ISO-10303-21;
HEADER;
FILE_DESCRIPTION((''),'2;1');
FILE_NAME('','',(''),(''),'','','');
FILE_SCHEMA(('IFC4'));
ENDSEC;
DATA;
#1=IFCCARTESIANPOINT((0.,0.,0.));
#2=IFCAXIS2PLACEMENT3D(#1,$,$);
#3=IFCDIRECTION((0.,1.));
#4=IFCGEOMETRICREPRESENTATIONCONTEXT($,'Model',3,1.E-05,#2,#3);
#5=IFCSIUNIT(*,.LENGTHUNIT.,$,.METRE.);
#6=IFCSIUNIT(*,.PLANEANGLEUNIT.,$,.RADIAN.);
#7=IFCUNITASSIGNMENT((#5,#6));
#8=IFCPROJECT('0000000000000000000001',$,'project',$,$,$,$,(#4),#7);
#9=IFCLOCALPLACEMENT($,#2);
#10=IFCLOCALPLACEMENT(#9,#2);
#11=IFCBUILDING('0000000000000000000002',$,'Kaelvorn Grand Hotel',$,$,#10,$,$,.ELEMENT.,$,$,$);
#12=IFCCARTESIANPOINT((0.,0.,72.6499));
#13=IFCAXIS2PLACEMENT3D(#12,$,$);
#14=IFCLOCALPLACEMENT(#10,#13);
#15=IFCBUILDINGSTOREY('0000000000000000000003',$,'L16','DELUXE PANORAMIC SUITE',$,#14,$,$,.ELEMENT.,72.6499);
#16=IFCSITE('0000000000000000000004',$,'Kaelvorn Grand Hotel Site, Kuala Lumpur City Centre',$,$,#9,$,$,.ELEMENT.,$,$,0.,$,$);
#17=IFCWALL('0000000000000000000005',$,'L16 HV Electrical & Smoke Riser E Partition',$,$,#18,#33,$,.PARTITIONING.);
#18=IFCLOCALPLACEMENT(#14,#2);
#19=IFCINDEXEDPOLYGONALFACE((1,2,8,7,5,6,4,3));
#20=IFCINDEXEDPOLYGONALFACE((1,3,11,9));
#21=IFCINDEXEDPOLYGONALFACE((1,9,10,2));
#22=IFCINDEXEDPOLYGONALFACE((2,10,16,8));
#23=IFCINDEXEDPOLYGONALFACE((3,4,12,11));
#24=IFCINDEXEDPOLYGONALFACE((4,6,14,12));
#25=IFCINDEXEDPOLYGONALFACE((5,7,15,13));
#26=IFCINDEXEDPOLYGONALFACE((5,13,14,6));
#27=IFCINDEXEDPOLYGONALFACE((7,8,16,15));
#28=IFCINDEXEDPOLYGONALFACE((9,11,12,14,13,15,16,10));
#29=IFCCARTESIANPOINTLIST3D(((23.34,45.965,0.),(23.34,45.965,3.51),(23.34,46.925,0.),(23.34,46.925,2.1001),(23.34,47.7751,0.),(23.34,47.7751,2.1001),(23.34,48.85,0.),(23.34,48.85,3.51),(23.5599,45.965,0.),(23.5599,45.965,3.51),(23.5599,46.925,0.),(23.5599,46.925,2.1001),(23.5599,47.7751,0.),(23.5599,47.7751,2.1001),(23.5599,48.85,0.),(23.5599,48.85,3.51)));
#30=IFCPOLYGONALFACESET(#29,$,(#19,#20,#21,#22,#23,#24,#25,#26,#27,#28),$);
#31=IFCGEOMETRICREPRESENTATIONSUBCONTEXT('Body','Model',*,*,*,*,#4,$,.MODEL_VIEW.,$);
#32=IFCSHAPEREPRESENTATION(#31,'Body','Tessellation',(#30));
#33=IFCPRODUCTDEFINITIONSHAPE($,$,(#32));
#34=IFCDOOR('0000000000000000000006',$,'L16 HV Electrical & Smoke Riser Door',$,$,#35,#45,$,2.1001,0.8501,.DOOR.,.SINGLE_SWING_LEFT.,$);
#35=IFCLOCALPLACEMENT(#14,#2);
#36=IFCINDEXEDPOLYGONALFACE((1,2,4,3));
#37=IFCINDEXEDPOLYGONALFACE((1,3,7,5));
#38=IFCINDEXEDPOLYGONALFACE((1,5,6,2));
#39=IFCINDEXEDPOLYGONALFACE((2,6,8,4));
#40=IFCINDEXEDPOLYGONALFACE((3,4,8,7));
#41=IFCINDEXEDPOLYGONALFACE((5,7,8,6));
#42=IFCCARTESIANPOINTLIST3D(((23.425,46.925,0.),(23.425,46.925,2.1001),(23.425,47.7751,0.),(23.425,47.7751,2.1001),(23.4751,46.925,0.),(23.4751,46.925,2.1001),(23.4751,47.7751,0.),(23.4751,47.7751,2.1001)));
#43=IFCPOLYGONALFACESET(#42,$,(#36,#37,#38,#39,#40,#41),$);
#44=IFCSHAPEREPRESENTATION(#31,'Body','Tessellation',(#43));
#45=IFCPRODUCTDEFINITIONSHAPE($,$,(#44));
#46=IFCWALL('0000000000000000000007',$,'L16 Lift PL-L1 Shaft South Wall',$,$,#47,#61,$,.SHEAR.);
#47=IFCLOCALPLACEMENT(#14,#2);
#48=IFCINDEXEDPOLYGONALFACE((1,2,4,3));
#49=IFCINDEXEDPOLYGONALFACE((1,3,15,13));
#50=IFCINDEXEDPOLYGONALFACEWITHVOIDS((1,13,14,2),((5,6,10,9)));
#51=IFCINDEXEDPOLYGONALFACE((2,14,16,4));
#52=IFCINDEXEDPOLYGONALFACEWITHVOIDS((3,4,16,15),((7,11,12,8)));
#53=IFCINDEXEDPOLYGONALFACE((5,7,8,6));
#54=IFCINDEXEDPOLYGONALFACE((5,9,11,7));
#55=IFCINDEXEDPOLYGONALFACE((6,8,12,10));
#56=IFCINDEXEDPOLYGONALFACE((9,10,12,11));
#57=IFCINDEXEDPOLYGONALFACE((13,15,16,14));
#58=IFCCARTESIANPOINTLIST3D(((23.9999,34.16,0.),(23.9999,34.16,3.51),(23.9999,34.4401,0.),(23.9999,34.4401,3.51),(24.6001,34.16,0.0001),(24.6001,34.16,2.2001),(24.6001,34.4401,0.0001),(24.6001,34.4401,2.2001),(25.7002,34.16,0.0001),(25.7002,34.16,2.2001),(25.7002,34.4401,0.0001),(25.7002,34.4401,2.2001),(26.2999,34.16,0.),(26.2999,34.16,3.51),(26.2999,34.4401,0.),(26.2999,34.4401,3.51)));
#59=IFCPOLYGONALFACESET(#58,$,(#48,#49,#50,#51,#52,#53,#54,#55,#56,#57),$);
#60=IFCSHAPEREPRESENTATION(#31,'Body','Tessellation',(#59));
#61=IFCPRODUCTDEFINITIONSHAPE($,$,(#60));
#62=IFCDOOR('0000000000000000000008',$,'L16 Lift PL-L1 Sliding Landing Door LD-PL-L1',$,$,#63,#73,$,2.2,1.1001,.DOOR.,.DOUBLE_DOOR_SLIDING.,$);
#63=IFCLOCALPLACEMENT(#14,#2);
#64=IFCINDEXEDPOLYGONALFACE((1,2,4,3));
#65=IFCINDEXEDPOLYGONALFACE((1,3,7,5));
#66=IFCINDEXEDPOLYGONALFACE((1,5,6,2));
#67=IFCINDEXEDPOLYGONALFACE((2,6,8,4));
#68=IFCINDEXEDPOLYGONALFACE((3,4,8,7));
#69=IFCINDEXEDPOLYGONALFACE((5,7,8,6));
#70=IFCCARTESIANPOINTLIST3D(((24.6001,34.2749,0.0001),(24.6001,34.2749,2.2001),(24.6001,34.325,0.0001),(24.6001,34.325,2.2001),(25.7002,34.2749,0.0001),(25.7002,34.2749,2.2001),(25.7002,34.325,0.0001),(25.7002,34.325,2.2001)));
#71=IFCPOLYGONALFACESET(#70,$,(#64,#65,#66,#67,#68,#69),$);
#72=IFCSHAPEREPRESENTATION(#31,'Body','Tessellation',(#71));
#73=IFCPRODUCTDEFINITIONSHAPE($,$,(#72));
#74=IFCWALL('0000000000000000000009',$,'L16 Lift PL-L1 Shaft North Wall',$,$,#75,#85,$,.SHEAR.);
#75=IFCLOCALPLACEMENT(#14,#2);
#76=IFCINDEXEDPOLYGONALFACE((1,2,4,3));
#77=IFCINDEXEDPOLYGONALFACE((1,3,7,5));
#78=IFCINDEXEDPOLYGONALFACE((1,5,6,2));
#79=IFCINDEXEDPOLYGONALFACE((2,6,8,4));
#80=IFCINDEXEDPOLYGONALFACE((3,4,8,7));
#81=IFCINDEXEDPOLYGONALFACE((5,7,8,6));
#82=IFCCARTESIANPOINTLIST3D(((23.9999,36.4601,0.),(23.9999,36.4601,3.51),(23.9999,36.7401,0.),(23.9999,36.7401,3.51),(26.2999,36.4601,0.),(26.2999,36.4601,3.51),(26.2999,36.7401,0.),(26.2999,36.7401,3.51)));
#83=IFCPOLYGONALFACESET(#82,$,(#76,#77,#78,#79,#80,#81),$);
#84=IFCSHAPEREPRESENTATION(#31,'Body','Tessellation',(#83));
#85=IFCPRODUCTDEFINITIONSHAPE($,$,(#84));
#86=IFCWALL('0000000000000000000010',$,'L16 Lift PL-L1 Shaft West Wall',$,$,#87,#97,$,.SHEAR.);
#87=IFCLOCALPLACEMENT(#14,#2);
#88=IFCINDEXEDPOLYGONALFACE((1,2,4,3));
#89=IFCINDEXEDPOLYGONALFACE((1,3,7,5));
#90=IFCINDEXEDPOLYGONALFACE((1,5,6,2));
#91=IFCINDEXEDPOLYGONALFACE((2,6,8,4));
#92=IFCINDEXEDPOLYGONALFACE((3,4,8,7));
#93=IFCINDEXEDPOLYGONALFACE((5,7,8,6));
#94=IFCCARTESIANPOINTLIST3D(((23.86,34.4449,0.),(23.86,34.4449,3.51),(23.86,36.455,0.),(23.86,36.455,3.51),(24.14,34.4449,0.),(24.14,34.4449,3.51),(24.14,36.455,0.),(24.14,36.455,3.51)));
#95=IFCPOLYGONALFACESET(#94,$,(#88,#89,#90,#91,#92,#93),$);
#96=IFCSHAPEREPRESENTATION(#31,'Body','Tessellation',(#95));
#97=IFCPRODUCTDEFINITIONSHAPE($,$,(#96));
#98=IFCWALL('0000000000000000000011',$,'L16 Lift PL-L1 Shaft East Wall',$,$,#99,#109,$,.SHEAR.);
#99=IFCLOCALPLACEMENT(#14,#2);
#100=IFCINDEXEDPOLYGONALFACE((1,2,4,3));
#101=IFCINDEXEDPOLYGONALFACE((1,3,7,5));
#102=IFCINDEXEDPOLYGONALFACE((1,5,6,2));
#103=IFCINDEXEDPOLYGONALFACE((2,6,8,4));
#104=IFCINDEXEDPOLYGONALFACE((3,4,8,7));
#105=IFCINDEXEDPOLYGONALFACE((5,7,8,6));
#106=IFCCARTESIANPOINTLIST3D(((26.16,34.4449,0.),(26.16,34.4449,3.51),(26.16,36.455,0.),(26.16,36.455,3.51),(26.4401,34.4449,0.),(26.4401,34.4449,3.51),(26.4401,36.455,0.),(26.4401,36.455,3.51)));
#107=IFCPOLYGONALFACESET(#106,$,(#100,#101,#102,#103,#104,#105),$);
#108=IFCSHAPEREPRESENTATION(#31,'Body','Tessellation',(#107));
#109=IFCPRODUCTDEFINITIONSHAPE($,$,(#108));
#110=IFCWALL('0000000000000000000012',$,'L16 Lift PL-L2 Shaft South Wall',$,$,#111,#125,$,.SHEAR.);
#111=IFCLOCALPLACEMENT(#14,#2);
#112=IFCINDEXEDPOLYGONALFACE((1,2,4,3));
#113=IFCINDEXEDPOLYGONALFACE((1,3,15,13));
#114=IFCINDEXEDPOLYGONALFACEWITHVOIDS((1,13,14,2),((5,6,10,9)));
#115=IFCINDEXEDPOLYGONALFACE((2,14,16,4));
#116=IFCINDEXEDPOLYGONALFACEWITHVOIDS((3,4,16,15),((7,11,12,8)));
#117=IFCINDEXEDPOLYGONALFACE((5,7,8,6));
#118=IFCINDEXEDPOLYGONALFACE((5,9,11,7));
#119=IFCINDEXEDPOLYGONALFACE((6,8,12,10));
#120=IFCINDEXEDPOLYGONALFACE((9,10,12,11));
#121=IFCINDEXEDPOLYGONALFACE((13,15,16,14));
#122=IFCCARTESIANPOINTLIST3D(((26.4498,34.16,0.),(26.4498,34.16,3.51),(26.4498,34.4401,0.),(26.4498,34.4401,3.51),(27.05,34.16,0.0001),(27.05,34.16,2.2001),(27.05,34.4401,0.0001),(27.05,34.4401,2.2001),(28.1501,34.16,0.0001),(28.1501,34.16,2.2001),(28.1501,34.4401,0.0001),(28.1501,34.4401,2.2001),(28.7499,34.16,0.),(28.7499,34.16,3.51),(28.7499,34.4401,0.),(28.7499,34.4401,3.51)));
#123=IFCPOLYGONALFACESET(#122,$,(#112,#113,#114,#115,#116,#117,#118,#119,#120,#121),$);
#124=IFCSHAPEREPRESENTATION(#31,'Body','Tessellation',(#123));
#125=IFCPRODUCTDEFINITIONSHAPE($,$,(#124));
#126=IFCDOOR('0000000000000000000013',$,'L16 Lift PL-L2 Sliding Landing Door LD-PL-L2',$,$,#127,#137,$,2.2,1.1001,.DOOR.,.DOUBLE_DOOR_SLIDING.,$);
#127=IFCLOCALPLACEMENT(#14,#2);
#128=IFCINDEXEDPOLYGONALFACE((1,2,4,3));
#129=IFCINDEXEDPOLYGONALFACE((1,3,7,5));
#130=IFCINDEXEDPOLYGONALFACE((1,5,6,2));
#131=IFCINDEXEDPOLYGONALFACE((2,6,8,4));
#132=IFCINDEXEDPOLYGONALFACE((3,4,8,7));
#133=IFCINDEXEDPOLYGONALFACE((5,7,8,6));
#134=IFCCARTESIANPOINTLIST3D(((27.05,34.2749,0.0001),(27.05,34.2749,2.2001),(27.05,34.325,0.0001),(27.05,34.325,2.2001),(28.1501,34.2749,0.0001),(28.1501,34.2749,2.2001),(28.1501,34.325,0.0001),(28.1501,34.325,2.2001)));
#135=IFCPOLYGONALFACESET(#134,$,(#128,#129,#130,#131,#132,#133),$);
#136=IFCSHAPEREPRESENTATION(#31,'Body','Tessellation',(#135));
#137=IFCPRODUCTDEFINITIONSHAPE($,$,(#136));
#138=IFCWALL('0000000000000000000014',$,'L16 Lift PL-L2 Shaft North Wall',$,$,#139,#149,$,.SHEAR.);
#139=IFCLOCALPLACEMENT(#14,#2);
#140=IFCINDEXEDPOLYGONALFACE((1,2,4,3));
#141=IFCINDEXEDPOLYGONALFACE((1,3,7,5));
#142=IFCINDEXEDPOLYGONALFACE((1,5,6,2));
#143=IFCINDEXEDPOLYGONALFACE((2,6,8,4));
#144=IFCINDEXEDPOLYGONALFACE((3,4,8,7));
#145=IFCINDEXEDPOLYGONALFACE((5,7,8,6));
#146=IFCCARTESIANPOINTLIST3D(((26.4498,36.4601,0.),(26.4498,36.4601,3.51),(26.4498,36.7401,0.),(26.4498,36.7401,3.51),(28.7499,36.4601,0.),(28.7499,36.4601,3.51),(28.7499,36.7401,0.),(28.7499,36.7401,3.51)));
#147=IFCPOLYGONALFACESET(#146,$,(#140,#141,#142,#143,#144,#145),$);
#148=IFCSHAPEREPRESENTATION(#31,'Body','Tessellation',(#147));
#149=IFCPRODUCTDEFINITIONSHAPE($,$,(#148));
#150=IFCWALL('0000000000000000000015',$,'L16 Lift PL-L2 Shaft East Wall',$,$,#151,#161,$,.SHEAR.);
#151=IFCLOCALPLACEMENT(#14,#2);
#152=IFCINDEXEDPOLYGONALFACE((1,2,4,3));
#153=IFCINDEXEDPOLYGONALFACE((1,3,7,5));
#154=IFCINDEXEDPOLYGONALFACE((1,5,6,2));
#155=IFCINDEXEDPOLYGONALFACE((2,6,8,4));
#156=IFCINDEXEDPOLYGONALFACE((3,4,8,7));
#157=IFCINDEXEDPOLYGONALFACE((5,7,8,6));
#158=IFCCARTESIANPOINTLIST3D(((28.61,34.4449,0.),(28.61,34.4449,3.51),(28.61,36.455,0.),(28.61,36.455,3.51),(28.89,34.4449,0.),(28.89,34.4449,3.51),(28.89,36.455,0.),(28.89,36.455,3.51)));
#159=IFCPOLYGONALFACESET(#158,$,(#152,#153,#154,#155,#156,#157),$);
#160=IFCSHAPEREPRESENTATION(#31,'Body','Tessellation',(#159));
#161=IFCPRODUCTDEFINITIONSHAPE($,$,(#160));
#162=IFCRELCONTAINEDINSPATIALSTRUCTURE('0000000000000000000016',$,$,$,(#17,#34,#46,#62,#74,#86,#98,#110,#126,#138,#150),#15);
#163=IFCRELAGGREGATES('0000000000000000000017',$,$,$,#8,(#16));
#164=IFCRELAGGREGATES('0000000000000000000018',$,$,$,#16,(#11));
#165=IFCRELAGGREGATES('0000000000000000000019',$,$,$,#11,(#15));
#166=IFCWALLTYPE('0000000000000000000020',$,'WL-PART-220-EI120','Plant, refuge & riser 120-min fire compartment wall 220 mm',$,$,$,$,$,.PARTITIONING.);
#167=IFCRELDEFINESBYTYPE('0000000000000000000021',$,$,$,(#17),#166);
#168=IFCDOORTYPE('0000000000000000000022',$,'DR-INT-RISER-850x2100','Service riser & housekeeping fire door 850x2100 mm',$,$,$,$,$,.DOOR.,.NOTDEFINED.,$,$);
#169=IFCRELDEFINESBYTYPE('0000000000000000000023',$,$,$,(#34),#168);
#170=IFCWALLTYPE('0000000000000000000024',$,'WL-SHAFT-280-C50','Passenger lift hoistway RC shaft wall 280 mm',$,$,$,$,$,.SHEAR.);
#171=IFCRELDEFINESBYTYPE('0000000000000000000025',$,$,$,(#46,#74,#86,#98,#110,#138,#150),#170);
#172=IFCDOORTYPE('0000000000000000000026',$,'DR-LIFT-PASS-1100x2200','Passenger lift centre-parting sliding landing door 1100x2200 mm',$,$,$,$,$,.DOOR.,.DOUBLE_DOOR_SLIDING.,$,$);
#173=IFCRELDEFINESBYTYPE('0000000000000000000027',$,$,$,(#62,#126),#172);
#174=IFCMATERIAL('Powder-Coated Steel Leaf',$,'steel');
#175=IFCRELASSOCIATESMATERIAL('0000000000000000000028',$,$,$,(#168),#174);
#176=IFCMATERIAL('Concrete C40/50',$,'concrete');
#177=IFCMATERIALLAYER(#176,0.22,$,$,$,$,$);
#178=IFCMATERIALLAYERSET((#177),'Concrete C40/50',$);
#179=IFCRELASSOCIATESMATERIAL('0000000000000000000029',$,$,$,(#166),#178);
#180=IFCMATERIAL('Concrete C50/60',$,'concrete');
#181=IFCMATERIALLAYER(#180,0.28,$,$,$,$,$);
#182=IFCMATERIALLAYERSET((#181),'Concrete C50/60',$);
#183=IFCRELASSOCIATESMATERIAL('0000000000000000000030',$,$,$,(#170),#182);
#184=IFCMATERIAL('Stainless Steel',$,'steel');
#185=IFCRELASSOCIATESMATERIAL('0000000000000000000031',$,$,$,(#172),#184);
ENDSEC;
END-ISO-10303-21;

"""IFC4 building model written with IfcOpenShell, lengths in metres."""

from ifc_helpers import new_model, si_unit, direction, frame, frame_2d, origin, place, context, subcontext, project, spatial, rectangle, extrude, material, layer, layer_set, type_object, element, fill, save


model = new_model("IFC4")

# Units and contexts
model_context = context("Model", 3, precision=1e-05, world=origin(), true_north=direction((0.0, 1.0)))
body_context = subcontext(model_context, "Body", "Model", "MODEL_VIEW")
ifc_project = project(units=[si_unit("LENGTHUNIT", "METRE"), si_unit("PLANEANGLEUNIT", "RADIAN")], contexts=[model_context])

# Site, building, storey
site_placement = place(None, origin())
site = spatial("IfcSite", under=ifc_project, at=site_placement, Name="Kaelvorn Grand Hotel Site, Kuala Lumpur City Centre", CompositionType="ELEMENT", RefElevation=0.0)
building_placement = place(site_placement, origin())
building = spatial("IfcBuilding", under=site, at=building_placement, Name="Kaelvorn Grand Hotel", CompositionType="ELEMENT")
storey_placement = place(building_placement, frame((0.0, 0.0, 72.6499)))
storey = spatial("IfcBuildingStorey", under=building, at=storey_placement, Name="L16", Description="DELUXE PANORAMIC SUITE", CompositionType="ELEMENT", Elevation=72.6499)

# Shared definitions
ifc_material_1 = material(Name="Powder-Coated Steel Leaf", Category="steel")
door_type_1 = type_object("IfcDoorType", Name="DR-INT-RISER-850x2100", Description="Service riser & housekeeping fire door 850x2100 mm", OperationType="NOTDEFINED", PredefinedType="DOOR", material=ifc_material_1)

# Shared definitions
ifc_material_2 = material(Name="Concrete C40/50", Category="concrete")
ifc_layer_1 = layer(ifc_material_2, 0.22)
ifc_layer_set_1 = layer_set([ifc_layer_1], Name="Concrete C40/50")
wall_type_1 = type_object("IfcWallType", Name="WL-PART-220-EI120", Description="Plant, refuge & riser 120-min fire compartment wall 220 mm", PredefinedType="PARTITIONING", material=ifc_layer_set_1)

# Walls, openings, doors
wall_1_placement = place(storey_placement, frame((23.45, 45.9651, 0.0), z_axis=(0.0, 0.0, 1.0), x_axis=(0.0, 1.0, 0.0)))
wall_1 = element("IfcWall", 1, at=wall_1_placement, inside=storey, type_object=wall_type_1, Name="L16 HV Electrical & Smoke Riser E Partition", PredefinedType="PARTITIONING", context=body_context, shape_type="SweptSolid", body=[
    extrude(rectangle(XDim=2.885, YDim=0.22, at=frame_2d((1.4424, 0.0))), origin(), (0.0, 0.0, 1.0), 3.51),
])
opening_1_placement = place(wall_1_placement, frame((0.96, 0.0, 0.0)))
opening_1 = element("IfcOpeningElement", 2, at=opening_1_placement, cuts=wall_1, PredefinedType="OPENING", context=body_context, shape_type="SweptSolid", body=[
    extrude(rectangle(XDim=0.8501, YDim=2.1001, at=frame_2d((0.425, 1.05))), frame((0.0, 0.1201, 0.0), z_axis=(0.0, -1.0, 0.0), x_axis=(1.0, 0.0, 0.0)), (0.0, 0.0, 1.0), 0.24),
])
door_1_placement = place(opening_1_placement, origin())
door_1 = element("IfcDoor", 3, at=door_1_placement, inside=storey, type_object=door_type_1, Name="L16 HV Electrical & Smoke Riser Door", OperationType="SINGLE_SWING_LEFT", OverallHeight=2.1001, OverallWidth=0.8501, PredefinedType="DOOR", context=body_context, shape_type="SweptSolid", body=[
    extrude(rectangle(XDim=0.8501, YDim=2.1001, at=frame_2d((0.425, 1.05))), frame((0.0, 0.0249, 0.0), z_axis=(0.0, -1.0, 0.0), x_axis=(1.0, 0.0, 0.0)), (0.0, 0.0, 1.0), 0.05),
])
fill(opening_1, door_1)
ifc_material_3 = material(Name="Concrete C50/60", Category="concrete")
ifc_layer_2 = layer(ifc_material_3, 0.28)
ifc_layer_set_2 = layer_set([ifc_layer_2], Name="Concrete C50/60")
wall_type_2 = type_object("IfcWallType", Name="WL-SHAFT-280-C50", Description="Passenger lift hoistway RC shaft wall 280 mm", PredefinedType="SHEAR", material=ifc_layer_set_2)
wall_2_placement = place(storey_placement, frame((24.0, 34.3, 0.0), z_axis=(0.0, 0.0, 1.0), x_axis=(1.0, 0.0, 0.0)))
wall_2 = element("IfcWall", 4, at=wall_2_placement, inside=storey, type_object=wall_type_2, Name="L16 Lift PL-L1 Shaft South Wall", PredefinedType="SHEAR", context=body_context, shape_type="SweptSolid", body=[
    extrude(rectangle(XDim=2.3, YDim=0.28, at=frame_2d((1.1499, 0.0))), origin(), (0.0, 0.0, 1.0), 3.51),
])
opening_2_placement = place(wall_2_placement, frame((0.6001, 0.0, 0.0)))
opening_2 = element("IfcOpeningElement", 5, at=opening_2_placement, cuts=wall_2, PredefinedType="OPENING", context=body_context, shape_type="SweptSolid", body=[
    extrude(rectangle(XDim=1.1001, YDim=2.2, at=frame_2d((0.55, 1.1001))), frame((0.0, 0.1499, 0.0), z_axis=(0.0, -1.0, 0.0), x_axis=(1.0, 0.0, 0.0)), (0.0, 0.0, 1.0), 0.3),
])
ifc_material_4 = material(Name="Stainless Steel", Category="steel")
door_type_2 = type_object("IfcDoorType", Name="DR-LIFT-PASS-1100x2200", Description="Passenger lift centre-parting sliding landing door 1100x2200 mm", OperationType="DOUBLE_DOOR_SLIDING", PredefinedType="DOOR", material=ifc_material_4)
door_2_placement = place(opening_2_placement, origin())
door_2 = element("IfcDoor", 6, at=door_2_placement, inside=storey, type_object=door_type_2, Name="L16 Lift PL-L1 Sliding Landing Door LD-PL-L1", OperationType="DOUBLE_DOOR_SLIDING", OverallHeight=2.2, OverallWidth=1.1001, PredefinedType="DOOR", context=body_context, shape_type="SweptSolid", body=[
    extrude(rectangle(XDim=1.1001, YDim=2.2, at=frame_2d((0.55, 1.1001))), frame((0.0, 0.0249, 0.0), z_axis=(0.0, -1.0, 0.0), x_axis=(1.0, 0.0, 0.0)), (0.0, 0.0, 1.0), 0.05),
])
fill(opening_2, door_2)

# Walls
wall_3_placement = place(storey_placement, frame((24.0, 36.6001, 0.0), z_axis=(0.0, 0.0, 1.0), x_axis=(1.0, 0.0, 0.0)))
element("IfcWall", 7, at=wall_3_placement, inside=storey, type_object=wall_type_2, Name="L16 Lift PL-L1 Shaft North Wall", PredefinedType="SHEAR", context=body_context, shape_type="SweptSolid", body=[
    extrude(rectangle(XDim=2.3, YDim=0.28, at=frame_2d((1.1499, 0.0))), origin(), (0.0, 0.0, 1.0), 3.51),
])
for number, where, z_axis, x_axis, name in (
    (8, (24.0, 34.4451, 0.0), (0.0, 0.0, 1.0), (0.0, 1.0, 0.0), "L16 Lift PL-L1 Shaft West Wall"),
    (9, (26.3, 34.4451, 0.0), (0.0, 0.0, 1.0), (0.0, 1.0, 0.0), "L16 Lift PL-L1 Shaft East Wall"),
):
    element("IfcWall", number, at=place(storey_placement, frame(where, z_axis=z_axis, x_axis=x_axis)), inside=storey, type_object=wall_type_2, Name=name, PredefinedType="SHEAR", context=body_context, shape_type="SweptSolid", body=[
        extrude(rectangle(XDim=2.01, YDim=0.28, at=frame_2d((1.0049, 0.0))), origin(), (0.0, 0.0, 1.0), 3.51),
    ])

# Wall, opening, door
wall_4_placement = place(storey_placement, frame((26.45, 34.3, 0.0), z_axis=(0.0, 0.0, 1.0), x_axis=(1.0, 0.0, 0.0)))
wall_4 = element("IfcWall", 10, at=wall_4_placement, inside=storey, type_object=wall_type_2, Name="L16 Lift PL-L2 Shaft South Wall", PredefinedType="SHEAR", context=body_context, shape_type="SweptSolid", body=[
    extrude(rectangle(XDim=2.3, YDim=0.28, at=frame_2d((1.1499, 0.0))), origin(), (0.0, 0.0, 1.0), 3.51),
])
opening_3_placement = place(wall_4_placement, frame((0.6001, 0.0, 0.0)))
opening_3 = element("IfcOpeningElement", 11, at=opening_3_placement, cuts=wall_4, PredefinedType="OPENING", context=body_context, shape_type="SweptSolid", body=[
    extrude(rectangle(XDim=1.1001, YDim=2.2, at=frame_2d((0.55, 1.1001))), frame((0.0, 0.1499, 0.0), z_axis=(0.0, -1.0, 0.0), x_axis=(1.0, 0.0, 0.0)), (0.0, 0.0, 1.0), 0.3),
])
door_3_placement = place(opening_3_placement, origin())
door_3 = element("IfcDoor", 12, at=door_3_placement, inside=storey, type_object=door_type_2, Name="L16 Lift PL-L2 Sliding Landing Door LD-PL-L2", OperationType="DOUBLE_DOOR_SLIDING", OverallHeight=2.2, OverallWidth=1.1001, PredefinedType="DOOR", context=body_context, shape_type="SweptSolid", body=[
    extrude(rectangle(XDim=1.1001, YDim=2.2, at=frame_2d((0.55, 1.1001))), frame((0.0, 0.0249, 0.0), z_axis=(0.0, -1.0, 0.0), x_axis=(1.0, 0.0, 0.0)), (0.0, 0.0, 1.0), 0.05),
])
fill(opening_3, door_3)

# Walls
wall_5_placement = place(storey_placement, frame((26.45, 36.6001, 0.0), z_axis=(0.0, 0.0, 1.0), x_axis=(1.0, 0.0, 0.0)))
element("IfcWall", 13, at=wall_5_placement, inside=storey, type_object=wall_type_2, Name="L16 Lift PL-L2 Shaft North Wall", PredefinedType="SHEAR", context=body_context, shape_type="SweptSolid", body=[
    extrude(rectangle(XDim=2.3, YDim=0.28, at=frame_2d((1.1499, 0.0))), origin(), (0.0, 0.0, 1.0), 3.51),
])
wall_6_placement = place(storey_placement, frame((28.75, 34.4451, 0.0), z_axis=(0.0, 0.0, 1.0), x_axis=(0.0, 1.0, 0.0)))
element("IfcWall", 14, at=wall_6_placement, inside=storey, type_object=wall_type_2, Name="L16 Lift PL-L2 Shaft East Wall", PredefinedType="SHEAR", context=body_context, shape_type="SweptSolid", body=[
    extrude(rectangle(XDim=2.01, YDim=0.28, at=frame_2d((1.0049, 0.0))), origin(), (0.0, 0.0, 1.0), 3.51),
])

save(model, "model.ifc")
